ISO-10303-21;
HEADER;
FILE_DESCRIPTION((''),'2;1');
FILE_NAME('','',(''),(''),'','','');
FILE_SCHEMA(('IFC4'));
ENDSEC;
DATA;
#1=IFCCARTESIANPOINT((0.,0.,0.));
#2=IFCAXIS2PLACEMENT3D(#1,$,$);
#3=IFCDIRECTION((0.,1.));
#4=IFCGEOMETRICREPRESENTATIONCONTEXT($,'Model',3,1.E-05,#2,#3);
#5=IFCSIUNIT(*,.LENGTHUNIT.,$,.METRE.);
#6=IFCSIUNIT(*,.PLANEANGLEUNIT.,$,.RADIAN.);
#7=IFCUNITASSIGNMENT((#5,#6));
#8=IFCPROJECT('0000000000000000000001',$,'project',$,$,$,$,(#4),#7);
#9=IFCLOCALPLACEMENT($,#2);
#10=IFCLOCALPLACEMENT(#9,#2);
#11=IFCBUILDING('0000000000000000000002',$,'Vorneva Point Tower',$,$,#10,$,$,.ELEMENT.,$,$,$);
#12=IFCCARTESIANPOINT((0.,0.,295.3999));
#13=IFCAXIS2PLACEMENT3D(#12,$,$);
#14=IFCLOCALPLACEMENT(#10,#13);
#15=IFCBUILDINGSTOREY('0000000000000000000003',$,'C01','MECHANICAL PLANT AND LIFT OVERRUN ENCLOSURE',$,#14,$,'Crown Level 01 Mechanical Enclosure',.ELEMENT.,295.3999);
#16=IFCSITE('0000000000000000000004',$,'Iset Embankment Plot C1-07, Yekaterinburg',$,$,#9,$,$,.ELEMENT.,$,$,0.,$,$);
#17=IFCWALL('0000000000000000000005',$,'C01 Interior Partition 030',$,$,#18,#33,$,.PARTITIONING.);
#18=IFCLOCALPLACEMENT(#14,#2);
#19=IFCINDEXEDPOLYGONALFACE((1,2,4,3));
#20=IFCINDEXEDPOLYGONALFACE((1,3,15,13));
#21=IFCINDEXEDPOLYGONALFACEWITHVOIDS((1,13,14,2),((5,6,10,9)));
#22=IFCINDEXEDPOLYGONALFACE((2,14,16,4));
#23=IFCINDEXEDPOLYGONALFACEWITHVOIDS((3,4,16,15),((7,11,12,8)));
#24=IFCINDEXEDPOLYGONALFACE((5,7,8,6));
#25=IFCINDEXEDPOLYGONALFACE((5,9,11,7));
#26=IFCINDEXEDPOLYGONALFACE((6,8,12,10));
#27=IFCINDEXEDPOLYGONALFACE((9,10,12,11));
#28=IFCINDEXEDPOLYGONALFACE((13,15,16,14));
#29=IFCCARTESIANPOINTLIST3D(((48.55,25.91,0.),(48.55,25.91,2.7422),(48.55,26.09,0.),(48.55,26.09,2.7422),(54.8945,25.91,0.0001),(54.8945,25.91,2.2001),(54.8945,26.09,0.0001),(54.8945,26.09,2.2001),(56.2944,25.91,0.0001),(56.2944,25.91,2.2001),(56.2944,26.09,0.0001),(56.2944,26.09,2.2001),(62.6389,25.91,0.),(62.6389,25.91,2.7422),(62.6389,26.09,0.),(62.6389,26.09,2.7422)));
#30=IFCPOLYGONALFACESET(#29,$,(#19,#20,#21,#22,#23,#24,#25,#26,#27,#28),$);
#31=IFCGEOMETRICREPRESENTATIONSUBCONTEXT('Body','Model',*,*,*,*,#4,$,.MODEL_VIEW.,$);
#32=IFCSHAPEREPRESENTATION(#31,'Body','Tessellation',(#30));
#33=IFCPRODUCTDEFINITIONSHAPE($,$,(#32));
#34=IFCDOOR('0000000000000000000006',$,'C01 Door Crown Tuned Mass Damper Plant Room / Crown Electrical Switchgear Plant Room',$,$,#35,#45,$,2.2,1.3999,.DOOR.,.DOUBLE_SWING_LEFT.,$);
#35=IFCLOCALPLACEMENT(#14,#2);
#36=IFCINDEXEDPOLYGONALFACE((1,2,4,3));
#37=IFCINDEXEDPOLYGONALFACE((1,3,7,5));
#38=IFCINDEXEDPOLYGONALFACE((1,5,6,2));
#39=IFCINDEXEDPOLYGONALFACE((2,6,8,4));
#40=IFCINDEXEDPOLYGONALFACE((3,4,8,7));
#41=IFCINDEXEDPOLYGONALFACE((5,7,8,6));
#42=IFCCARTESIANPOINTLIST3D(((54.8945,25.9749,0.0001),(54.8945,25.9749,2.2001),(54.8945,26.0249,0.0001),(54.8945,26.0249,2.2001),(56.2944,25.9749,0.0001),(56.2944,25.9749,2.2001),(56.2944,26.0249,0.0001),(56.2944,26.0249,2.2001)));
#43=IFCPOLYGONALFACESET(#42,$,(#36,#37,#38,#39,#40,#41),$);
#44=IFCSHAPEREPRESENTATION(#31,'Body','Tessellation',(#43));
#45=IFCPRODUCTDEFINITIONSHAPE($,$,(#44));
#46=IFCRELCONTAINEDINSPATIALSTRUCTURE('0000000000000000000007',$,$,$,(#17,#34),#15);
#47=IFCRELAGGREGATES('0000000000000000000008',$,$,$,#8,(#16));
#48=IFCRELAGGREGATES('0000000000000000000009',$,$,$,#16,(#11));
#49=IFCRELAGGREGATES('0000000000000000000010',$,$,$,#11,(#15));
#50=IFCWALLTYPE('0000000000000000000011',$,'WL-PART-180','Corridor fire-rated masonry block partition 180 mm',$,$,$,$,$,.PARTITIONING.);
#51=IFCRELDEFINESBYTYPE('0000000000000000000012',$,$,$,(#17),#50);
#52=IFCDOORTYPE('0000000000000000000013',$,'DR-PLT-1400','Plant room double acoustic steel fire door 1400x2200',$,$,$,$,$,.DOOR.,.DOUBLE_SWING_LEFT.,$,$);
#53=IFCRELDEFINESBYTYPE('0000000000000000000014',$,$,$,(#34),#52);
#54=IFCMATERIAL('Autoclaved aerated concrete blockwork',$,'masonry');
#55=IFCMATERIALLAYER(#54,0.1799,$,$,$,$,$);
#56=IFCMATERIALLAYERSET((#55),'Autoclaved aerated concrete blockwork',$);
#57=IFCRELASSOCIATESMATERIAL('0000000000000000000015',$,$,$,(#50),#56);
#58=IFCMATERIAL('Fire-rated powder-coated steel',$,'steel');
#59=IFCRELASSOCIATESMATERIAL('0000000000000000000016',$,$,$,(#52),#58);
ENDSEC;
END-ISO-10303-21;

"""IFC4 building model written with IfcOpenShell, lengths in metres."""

from ifc_helpers import new_model, si_unit, direction, frame, frame_2d, origin, place, context, subcontext, project, spatial, rectangle, extrude, material, layer, layer_set, type_object, element, fill, save


model = new_model("IFC4")

# Units and contexts
model_context = context("Model", 3, precision=1e-05, world=origin(), true_north=direction((0.0, 1.0)))
body_context = subcontext(model_context, "Body", "Model", "MODEL_VIEW")
ifc_project = project(units=[si_unit("LENGTHUNIT", "METRE"), si_unit("PLANEANGLEUNIT", "RADIAN")], contexts=[model_context])

# Site, building, storey
site_placement = place(None, origin())
site = spatial("IfcSite", under=ifc_project, at=site_placement, Name="Iset Embankment Plot C1-07, Yekaterinburg", CompositionType="ELEMENT", RefElevation=0.0)
building_placement = place(site_placement, origin())
building = spatial("IfcBuilding", under=site, at=building_placement, Name="Vorneva Point Tower", CompositionType="ELEMENT")
storey_placement = place(building_placement, frame((0.0, 0.0, 295.3999)))
storey = spatial("IfcBuildingStorey", under=building, at=storey_placement, Name="C01", Description="MECHANICAL PLANT AND LIFT OVERRUN ENCLOSURE", LongName="Crown Level 01 Mechanical Enclosure", CompositionType="ELEMENT", Elevation=295.3999)

# Wall, opening, door
ifc_material_1 = material(Name="Autoclaved aerated concrete blockwork", Category="masonry")
ifc_layer_1 = layer(ifc_material_1, 0.1799)
ifc_layer_set_1 = layer_set([ifc_layer_1], Name="Autoclaved aerated concrete blockwork")
wall_type_1 = type_object("IfcWallType", Name="WL-PART-180", Description="Corridor fire-rated masonry block partition 180 mm", PredefinedType="PARTITIONING", material=ifc_layer_set_1)
wall_placement = place(storey_placement, frame((48.55, 26.0, 0.0), z_axis=(0.0, 0.0, 1.0), x_axis=(1.0, 0.0, 0.0)))
wall = element("IfcWall", 1, at=wall_placement, inside=storey, type_object=wall_type_1, Name="C01 Interior Partition 030", PredefinedType="PARTITIONING", context=body_context, shape_type="SweptSolid", body=[
    extrude(rectangle(XDim=14.0889, YDim=0.1799, at=frame_2d((7.0444, 0.0))), origin(), (0.0, 0.0, 1.0), 2.7422),
])
opening_placement = place(wall_placement, frame((6.3445, 0.0, 0.0)))
opening = element("IfcOpeningElement", 2, at=opening_placement, cuts=wall, PredefinedType="OPENING", context=body_context, shape_type="SweptSolid", body=[
    extrude(rectangle(XDim=1.3999, YDim=2.2, at=frame_2d((0.7, 1.1001))), frame((0.0, 0.105, 0.0), z_axis=(0.0, -1.0, 0.0), x_axis=(1.0, 0.0, 0.0)), (0.0, 0.0, 1.0), 0.2097),
])
ifc_material_2 = material(Name="Fire-rated powder-coated steel", Category="steel")
door_type = type_object("IfcDoorType", Name="DR-PLT-1400", Description="Plant room double acoustic steel fire door 1400x2200", OperationType="DOUBLE_SWING_LEFT", PredefinedType="DOOR", material=ifc_material_2)
door_placement = place(opening_placement, origin())
door = element("IfcDoor", 3, at=door_placement, inside=storey, type_object=door_type, Name="C01 Door Crown Tuned Mass Damper Plant Room / Crown Electrical Switchgear Plant Room", OperationType="DOUBLE_SWING_LEFT", OverallHeight=2.2, OverallWidth=1.3999, PredefinedType="DOOR", context=body_context, shape_type="SweptSolid", body=[
    extrude(rectangle(XDim=1.3999, YDim=2.2, at=frame_2d((0.7, 1.1001))), frame((0.0, 0.0249, 0.0), z_axis=(0.0, -1.0, 0.0), x_axis=(1.0, 0.0, 0.0)), (0.0, 0.0, 1.0), 0.05),
])
fill(opening, door)

save(model, "model.ifc")
